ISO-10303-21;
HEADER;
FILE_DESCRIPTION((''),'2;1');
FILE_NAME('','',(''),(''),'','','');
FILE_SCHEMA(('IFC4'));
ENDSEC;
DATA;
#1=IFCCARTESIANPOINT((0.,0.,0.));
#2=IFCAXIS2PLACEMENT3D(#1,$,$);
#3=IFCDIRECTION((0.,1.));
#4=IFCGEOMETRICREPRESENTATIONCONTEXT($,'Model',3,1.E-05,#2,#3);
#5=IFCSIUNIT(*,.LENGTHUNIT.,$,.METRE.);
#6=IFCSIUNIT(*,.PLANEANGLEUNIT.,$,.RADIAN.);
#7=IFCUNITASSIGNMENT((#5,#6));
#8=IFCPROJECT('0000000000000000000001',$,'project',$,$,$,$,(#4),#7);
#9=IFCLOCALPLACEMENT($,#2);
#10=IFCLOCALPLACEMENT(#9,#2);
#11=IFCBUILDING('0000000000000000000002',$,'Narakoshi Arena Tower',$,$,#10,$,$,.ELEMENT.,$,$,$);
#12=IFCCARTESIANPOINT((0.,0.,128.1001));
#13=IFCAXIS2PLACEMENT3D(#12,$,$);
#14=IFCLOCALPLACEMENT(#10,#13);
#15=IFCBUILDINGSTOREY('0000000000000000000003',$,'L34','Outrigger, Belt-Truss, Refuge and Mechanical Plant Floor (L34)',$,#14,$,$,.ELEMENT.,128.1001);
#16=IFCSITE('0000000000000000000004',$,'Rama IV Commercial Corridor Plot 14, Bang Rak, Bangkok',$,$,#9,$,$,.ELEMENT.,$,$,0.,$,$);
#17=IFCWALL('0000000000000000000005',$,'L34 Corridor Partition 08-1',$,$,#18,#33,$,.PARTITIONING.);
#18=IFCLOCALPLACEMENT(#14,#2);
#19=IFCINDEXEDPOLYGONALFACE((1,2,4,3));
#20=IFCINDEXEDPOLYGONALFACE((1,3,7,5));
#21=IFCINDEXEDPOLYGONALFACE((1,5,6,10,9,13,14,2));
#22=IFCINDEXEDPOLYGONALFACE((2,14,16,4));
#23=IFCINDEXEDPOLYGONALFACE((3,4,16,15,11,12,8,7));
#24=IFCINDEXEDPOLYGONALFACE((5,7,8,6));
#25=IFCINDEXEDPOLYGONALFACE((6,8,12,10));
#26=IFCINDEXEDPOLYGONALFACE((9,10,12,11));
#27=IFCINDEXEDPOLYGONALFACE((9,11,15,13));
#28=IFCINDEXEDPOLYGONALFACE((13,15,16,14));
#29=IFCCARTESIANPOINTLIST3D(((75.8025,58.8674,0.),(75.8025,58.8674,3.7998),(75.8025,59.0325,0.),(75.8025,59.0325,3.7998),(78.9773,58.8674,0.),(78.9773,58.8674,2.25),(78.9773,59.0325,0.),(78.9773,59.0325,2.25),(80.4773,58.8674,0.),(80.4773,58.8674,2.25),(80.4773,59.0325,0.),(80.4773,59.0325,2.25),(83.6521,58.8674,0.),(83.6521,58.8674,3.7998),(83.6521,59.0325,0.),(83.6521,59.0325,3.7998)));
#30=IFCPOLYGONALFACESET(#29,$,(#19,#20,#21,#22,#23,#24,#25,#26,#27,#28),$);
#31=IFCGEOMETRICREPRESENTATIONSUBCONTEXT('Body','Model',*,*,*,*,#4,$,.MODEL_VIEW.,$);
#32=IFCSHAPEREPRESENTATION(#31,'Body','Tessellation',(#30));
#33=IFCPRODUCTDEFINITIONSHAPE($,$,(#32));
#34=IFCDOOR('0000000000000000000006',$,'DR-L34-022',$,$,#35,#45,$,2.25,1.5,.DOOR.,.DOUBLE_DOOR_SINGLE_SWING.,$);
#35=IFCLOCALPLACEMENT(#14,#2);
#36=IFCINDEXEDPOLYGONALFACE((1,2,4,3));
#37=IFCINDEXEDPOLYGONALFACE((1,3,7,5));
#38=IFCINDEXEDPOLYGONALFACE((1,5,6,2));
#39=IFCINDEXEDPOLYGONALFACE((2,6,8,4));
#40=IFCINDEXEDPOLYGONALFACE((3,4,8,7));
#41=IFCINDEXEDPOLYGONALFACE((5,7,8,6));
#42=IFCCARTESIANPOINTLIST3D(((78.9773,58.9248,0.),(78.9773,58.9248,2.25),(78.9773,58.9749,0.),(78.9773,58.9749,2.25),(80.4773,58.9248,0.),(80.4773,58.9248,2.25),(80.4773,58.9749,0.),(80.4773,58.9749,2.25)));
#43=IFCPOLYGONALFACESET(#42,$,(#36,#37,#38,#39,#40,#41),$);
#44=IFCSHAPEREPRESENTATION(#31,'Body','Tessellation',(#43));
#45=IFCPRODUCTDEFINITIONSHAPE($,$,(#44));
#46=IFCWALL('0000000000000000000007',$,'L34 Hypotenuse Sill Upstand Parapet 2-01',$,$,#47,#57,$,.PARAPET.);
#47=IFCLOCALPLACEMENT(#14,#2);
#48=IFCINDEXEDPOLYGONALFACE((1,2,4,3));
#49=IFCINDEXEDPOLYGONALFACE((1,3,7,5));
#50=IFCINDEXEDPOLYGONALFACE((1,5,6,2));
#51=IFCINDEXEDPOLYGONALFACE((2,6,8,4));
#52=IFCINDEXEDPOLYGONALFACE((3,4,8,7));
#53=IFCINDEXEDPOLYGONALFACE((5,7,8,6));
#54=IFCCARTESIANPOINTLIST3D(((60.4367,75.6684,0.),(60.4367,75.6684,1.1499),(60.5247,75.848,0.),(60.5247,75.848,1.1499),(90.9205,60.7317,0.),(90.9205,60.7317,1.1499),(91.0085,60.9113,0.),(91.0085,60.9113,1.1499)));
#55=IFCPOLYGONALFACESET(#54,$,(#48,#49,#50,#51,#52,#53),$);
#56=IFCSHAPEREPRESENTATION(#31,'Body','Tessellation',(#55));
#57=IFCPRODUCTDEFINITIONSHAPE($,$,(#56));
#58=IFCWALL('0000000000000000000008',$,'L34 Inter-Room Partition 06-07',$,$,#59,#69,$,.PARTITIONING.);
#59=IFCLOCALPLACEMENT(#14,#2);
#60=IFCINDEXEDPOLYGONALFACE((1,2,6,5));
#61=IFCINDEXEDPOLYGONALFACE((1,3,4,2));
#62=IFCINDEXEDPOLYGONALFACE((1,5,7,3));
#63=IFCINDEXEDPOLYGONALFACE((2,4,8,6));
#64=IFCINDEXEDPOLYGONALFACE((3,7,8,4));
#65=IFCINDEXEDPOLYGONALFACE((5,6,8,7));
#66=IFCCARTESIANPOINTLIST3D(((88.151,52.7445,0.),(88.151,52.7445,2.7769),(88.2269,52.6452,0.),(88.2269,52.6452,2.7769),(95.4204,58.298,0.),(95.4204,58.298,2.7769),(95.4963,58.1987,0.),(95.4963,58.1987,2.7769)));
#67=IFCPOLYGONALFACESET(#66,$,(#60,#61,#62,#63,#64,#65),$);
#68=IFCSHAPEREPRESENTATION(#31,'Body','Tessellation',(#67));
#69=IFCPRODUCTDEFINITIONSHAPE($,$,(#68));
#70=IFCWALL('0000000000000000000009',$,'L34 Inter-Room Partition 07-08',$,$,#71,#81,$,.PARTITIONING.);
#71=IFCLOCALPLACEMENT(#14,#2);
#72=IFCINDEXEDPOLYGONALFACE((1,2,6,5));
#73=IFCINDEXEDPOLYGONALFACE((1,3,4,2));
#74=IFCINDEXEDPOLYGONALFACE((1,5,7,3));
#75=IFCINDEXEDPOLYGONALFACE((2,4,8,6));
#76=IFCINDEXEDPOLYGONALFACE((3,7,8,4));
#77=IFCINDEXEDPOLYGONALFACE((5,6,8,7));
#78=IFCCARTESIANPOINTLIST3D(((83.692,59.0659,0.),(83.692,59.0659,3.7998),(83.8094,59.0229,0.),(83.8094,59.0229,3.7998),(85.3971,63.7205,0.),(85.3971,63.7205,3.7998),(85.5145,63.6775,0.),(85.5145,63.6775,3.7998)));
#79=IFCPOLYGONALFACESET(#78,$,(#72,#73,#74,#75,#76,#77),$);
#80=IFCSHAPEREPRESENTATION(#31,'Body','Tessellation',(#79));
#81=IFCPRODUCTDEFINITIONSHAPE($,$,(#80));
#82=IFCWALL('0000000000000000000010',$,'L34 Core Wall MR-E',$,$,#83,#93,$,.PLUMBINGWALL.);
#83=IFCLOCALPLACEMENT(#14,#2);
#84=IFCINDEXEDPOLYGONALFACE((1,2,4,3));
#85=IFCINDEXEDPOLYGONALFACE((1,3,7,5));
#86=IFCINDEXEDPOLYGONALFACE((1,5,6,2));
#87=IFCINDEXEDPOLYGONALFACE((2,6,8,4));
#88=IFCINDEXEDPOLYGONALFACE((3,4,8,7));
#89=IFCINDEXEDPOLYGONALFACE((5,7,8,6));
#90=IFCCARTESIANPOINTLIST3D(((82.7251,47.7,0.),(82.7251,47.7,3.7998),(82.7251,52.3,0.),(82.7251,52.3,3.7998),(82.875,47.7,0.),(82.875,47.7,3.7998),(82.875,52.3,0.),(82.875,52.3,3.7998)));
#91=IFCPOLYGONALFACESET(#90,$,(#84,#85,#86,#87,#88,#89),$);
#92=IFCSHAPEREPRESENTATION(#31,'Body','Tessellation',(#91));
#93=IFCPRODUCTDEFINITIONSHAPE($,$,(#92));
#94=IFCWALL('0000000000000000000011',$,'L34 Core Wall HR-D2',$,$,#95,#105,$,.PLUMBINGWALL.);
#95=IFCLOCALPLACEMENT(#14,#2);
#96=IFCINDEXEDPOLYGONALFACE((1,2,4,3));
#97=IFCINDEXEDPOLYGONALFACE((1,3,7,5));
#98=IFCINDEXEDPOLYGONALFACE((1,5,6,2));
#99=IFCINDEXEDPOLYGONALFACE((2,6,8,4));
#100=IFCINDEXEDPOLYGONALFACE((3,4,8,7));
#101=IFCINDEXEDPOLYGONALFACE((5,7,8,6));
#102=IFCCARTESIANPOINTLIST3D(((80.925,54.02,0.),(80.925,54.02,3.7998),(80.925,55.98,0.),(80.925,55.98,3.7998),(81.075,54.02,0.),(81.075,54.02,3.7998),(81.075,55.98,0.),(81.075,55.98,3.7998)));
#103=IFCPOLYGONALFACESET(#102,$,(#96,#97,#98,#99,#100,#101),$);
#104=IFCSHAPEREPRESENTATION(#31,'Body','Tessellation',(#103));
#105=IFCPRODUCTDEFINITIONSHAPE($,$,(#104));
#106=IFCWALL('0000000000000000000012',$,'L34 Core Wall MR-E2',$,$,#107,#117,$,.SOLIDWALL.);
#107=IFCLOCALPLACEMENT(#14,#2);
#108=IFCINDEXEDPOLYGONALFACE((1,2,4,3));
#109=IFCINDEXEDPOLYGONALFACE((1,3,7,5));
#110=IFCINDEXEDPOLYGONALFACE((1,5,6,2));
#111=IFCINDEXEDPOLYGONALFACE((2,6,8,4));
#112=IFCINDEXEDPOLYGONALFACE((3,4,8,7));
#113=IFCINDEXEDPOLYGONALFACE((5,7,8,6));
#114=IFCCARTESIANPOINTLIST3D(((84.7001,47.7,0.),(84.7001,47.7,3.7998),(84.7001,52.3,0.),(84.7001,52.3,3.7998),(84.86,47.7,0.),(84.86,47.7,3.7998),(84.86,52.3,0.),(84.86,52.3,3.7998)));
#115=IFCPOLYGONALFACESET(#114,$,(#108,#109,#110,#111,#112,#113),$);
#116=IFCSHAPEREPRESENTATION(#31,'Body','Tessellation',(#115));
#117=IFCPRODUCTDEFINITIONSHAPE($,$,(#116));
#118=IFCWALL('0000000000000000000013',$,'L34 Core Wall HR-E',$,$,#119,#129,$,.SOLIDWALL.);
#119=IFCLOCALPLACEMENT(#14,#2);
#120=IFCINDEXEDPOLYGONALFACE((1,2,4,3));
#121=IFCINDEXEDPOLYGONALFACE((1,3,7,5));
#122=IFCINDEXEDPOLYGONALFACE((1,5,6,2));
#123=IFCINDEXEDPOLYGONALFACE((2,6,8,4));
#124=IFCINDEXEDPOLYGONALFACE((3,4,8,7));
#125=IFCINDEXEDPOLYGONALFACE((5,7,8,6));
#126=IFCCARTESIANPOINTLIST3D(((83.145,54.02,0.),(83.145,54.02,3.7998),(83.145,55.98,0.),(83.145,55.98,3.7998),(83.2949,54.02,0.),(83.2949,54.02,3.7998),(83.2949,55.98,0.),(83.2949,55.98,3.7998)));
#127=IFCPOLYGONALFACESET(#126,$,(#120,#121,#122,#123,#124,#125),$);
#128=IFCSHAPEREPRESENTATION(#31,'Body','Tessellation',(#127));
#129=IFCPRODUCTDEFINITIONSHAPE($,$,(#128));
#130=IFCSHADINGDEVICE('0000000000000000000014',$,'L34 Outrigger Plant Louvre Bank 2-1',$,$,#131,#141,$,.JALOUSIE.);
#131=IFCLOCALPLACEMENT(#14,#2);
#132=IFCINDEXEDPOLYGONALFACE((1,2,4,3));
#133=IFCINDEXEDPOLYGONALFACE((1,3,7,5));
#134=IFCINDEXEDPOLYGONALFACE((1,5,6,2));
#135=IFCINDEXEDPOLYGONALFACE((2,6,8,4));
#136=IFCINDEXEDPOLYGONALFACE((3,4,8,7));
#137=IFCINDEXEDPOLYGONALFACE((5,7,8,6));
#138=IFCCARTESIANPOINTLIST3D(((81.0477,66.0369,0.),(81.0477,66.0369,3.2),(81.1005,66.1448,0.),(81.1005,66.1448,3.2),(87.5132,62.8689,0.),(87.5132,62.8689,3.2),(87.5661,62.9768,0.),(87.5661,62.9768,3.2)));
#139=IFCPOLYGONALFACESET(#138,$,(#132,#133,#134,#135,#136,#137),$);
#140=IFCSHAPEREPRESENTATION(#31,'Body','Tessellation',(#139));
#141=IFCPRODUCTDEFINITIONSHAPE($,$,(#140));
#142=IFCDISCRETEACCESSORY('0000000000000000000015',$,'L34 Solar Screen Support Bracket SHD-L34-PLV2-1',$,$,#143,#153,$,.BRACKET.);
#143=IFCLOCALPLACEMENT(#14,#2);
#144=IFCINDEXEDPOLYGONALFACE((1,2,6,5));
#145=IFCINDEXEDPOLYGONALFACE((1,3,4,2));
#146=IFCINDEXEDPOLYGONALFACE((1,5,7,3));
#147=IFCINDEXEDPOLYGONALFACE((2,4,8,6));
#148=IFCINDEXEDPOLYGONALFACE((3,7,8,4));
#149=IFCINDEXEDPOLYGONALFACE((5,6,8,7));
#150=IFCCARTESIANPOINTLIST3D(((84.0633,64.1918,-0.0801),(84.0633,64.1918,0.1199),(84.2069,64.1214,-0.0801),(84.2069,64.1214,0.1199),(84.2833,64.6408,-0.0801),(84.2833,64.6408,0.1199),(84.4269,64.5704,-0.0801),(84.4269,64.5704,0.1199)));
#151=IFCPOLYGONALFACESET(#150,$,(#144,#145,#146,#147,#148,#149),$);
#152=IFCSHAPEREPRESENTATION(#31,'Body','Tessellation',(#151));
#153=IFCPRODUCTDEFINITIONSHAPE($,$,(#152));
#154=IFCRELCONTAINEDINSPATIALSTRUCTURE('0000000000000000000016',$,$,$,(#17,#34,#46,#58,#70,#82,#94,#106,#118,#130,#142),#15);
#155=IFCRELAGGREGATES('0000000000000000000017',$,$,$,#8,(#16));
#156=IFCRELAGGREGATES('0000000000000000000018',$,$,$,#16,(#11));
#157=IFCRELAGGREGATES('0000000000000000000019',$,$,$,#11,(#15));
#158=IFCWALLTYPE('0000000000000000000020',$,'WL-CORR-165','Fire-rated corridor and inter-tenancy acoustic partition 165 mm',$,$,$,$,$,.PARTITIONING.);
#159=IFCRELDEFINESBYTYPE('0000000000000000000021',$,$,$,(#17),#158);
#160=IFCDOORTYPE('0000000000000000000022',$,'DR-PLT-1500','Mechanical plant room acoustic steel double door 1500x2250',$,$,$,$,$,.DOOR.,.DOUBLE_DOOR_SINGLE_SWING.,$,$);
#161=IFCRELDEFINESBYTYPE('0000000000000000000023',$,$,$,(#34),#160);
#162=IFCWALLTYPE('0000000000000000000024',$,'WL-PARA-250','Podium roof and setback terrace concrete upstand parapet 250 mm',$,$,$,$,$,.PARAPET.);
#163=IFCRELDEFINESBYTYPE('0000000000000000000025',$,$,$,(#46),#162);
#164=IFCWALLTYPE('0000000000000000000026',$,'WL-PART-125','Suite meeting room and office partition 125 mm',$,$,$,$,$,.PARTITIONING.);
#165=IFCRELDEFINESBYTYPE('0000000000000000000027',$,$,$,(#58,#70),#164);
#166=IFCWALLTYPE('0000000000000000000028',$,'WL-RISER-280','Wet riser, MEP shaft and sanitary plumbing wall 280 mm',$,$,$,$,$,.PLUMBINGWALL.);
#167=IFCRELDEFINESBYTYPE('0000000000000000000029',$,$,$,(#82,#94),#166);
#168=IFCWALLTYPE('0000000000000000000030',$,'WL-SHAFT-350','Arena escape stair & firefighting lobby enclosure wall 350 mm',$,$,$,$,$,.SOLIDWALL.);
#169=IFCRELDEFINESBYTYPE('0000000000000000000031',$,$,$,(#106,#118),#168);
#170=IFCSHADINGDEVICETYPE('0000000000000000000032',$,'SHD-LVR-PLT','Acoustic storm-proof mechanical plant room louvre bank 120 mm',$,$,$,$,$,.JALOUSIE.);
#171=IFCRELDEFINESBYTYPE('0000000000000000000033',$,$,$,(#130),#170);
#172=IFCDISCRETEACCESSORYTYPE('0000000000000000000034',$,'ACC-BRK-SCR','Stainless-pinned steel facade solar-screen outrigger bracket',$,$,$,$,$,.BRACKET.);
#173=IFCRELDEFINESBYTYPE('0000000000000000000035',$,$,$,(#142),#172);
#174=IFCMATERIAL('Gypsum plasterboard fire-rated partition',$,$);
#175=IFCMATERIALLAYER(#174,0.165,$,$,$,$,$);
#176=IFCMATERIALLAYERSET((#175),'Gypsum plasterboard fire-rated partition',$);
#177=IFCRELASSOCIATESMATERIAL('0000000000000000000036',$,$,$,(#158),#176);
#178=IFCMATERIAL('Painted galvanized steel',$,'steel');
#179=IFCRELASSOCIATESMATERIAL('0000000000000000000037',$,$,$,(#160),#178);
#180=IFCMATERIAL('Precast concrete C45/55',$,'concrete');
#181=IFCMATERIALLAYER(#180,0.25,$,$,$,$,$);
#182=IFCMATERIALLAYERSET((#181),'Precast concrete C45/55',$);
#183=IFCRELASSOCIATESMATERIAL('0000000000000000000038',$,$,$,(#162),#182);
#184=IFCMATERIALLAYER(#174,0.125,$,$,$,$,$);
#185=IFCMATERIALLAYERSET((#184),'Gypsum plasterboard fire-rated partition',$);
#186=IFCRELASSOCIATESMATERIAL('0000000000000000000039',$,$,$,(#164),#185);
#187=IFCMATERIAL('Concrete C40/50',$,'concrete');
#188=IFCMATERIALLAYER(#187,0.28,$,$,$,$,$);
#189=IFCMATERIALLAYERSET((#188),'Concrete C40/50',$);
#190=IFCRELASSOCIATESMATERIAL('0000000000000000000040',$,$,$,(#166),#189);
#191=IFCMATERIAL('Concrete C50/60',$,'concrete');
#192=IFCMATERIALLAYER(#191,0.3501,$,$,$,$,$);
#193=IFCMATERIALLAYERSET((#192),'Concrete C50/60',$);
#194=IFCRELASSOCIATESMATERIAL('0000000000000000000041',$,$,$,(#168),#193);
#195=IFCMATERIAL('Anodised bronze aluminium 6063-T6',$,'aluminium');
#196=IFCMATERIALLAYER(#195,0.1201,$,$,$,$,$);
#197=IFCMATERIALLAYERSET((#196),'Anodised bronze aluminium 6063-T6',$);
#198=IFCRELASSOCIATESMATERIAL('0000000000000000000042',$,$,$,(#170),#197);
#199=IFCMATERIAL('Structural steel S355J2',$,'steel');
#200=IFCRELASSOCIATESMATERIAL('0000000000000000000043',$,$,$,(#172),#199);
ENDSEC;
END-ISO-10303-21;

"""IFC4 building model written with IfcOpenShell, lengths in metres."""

from ifc_helpers import new_model, si_unit, direction, frame, frame_2d, origin, origin_2d, place, context, subcontext, project, spatial, rectangle, extrude, material, layer, layer_set, type_object, element, fill, save


model = new_model("IFC4")

# Units and contexts
model_context = context("Model", 3, precision=1e-05, world=origin(), true_north=direction((0.0, 1.0)))
body_context = subcontext(model_context, "Body", "Model", "MODEL_VIEW")
ifc_project = project(units=[si_unit("LENGTHUNIT", "METRE"), si_unit("PLANEANGLEUNIT", "RADIAN")], contexts=[model_context])

# Site, building, storey
site_placement = place(None, origin())
site = spatial("IfcSite", under=ifc_project, at=site_placement, Name="Rama IV Commercial Corridor Plot 14, Bang Rak, Bangkok", CompositionType="ELEMENT", RefElevation=0.0)
building_placement = place(site_placement, origin())
building = spatial("IfcBuilding", under=site, at=building_placement, Name="Narakoshi Arena Tower", CompositionType="ELEMENT")
storey_placement = place(building_placement, frame((0.0, 0.0, 128.1001)))
storey = spatial("IfcBuildingStorey", under=building, at=storey_placement, Name="L34", Description="Outrigger, Belt-Truss, Refuge and Mechanical Plant Floor (L34)", CompositionType="ELEMENT", Elevation=128.1001)

# Shared definitions
ifc_material_1 = material(Name="Anodised bronze aluminium 6063-T6", Category="aluminium")

# Shared definitions
ifc_material_2 = material(Name="Gypsum plasterboard fire-rated partition")
ifc_layer_1 = layer(ifc_material_2, 0.165)
ifc_layer_set_1 = layer_set([ifc_layer_1], Name="Gypsum plasterboard fire-rated partition")
wall_type_1 = type_object("IfcWallType", Name="WL-CORR-165", Description="Fire-rated corridor and inter-tenancy acoustic partition 165 mm", PredefinedType="PARTITIONING", material=ifc_layer_set_1)
ifc_material_3 = material(Name="Painted galvanized steel", Category="steel")
door_type = type_object("IfcDoorType", Name="DR-PLT-1500", Description="Mechanical plant room acoustic steel double door 1500x2250", OperationType="DOUBLE_DOOR_SINGLE_SWING", PredefinedType="DOOR", material=ifc_material_3)

# Wall, opening, door
wall_1_placement = place(storey_placement, frame((83.6521, 58.95, 0.0), z_axis=(0.0, 0.0, 1.0), x_axis=(-1.0, 0.0, 0.0)))
wall_1 = element("IfcWall", 1, at=wall_1_placement, inside=storey, type_object=wall_type_1, Name="L34 Corridor Partition 08-1", PredefinedType="PARTITIONING", context=body_context, shape_type="SweptSolid", body=[
    extrude(rectangle(XDim=7.8496, YDim=0.165, at=frame_2d((3.9248, 0.0))), origin(), (0.0, 0.0, 1.0), 3.7998),
])
opening_1_placement = place(wall_1_placement, frame((3.1748, 0.0, 0.0)))
opening_1 = element("IfcOpeningElement", 2, at=opening_1_placement, cuts=wall_1, PredefinedType="OPENING", context=body_context, shape_type="SweptSolid", body=[
    extrude(rectangle(XDim=1.5, YDim=2.25, at=frame_2d((0.75, 1.125))), frame((0.0, 0.0925, 0.0), z_axis=(0.0, -1.0, 0.0), x_axis=(1.0, 0.0, 0.0)), (0.0, 0.0, 1.0), 0.1851),
])
door_1_placement = place(opening_1_placement, frame((1.5, 0.0, 0.0), z_axis=(0.0, 0.0, 1.0), x_axis=(-1.0, 0.0, 0.0)))
door_1 = element("IfcDoor", 3, at=door_1_placement, inside=storey, type_object=door_type, Name="DR-L34-022", OperationType="DOUBLE_DOOR_SINGLE_SWING", OverallHeight=2.25, OverallWidth=1.5, PredefinedType="DOOR", context=body_context, shape_type="SweptSolid", body=[
    extrude(rectangle(XDim=1.5, YDim=2.25, at=frame_2d((0.75, 1.125))), frame((0.0, 0.0249, 0.0), z_axis=(0.0, -1.0, 0.0), x_axis=(1.0, 0.0, 0.0)), (0.0, 0.0, 1.0), 0.05),
])
fill(opening_1, door_1)

# Walls
ifc_material_4 = material(Name="Precast concrete C45/55", Category="concrete")
ifc_layer_2 = layer(ifc_material_4, 0.25)
ifc_layer_set_2 = layer_set([ifc_layer_2], Name="Precast concrete C45/55")
wall_type_2 = type_object("IfcWallType", Name="WL-PARA-250", Description="Podium roof and setback terrace concrete upstand parapet 250 mm", PredefinedType="PARAPET", material=ifc_layer_set_2)
wall_2_placement = place(storey_placement, frame((90.9644, 60.8215, 0.0), z_axis=(0.0, 0.0, 1.0), x_axis=(-0.897994, 0.440007, 0.0)))
element("IfcWall", 4, at=wall_2_placement, inside=storey, type_object=wall_type_2, Name="L34 Hypotenuse Sill Upstand Parapet 2-01", PredefinedType="PARAPET", context=body_context, shape_type="SweptSolid", body=[
    extrude(rectangle(XDim=33.9465, YDim=0.2, at=frame_2d((16.9731, 0.0))), origin(), (0.0, 0.0, 1.0), 1.1499),
])
ifc_layer_3 = layer(ifc_material_2, 0.125)
ifc_layer_set_3 = layer_set([ifc_layer_3], Name="Gypsum plasterboard fire-rated partition")
wall_type_3 = type_object("IfcWallType", Name="WL-PART-125", Description="Suite meeting room and office partition 125 mm", PredefinedType="PARTITIONING", material=ifc_layer_set_3)
wall_3_placement = place(storey_placement, frame((88.189, 52.6948, 0.0), z_axis=(0.0, 0.0, 1.0), x_axis=(0.794643, 0.607078, 0.0)))
element("IfcWall", 5, at=wall_3_placement, inside=storey, type_object=wall_type_3, Name="L34 Inter-Room Partition 06-07", PredefinedType="PARTITIONING", context=body_context, shape_type="SweptSolid", body=[
    extrude(rectangle(XDim=9.1479, YDim=0.125, at=frame_2d((4.574, 0.0))), origin(), (0.0, 0.0, 1.0), 2.7769),
])
wall_4_placement = place(storey_placement, frame((83.7507, 59.0444, 0.0), z_axis=(0.0, 0.0, 1.0), x_axis=(0.343972, 0.93898, 0.0)))
element("IfcWall", 6, at=wall_4_placement, inside=storey, type_object=wall_type_3, Name="L34 Inter-Room Partition 07-08", PredefinedType="PARTITIONING", context=body_context, shape_type="SweptSolid", body=[
    extrude(rectangle(XDim=4.957, YDim=0.125, at=frame_2d((2.4785, 0.0))), origin(), (0.0, 0.0, 1.0), 3.7998),
])
ifc_material_5 = material(Name="Concrete C40/50", Category="concrete")
ifc_layer_4 = layer(ifc_material_5, 0.28)
ifc_layer_set_4 = layer_set([ifc_layer_4], Name="Concrete C40/50")
wall_type_4 = type_object("IfcWallType", Name="WL-RISER-280", Description="Wet riser, MEP shaft and sanitary plumbing wall 280 mm", PredefinedType="PLUMBINGWALL", material=ifc_layer_set_4)
wall_5_placement = place(storey_placement, frame((82.8, 47.7, 0.0), z_axis=(0.0, 0.0, 1.0), x_axis=(0.0, 1.0, 0.0)))
element("IfcWall", 7, at=wall_5_placement, inside=storey, type_object=wall_type_4, Name="L34 Core Wall MR-E", PredefinedType="PLUMBINGWALL", context=body_context, shape_type="SweptSolid", body=[
    extrude(rectangle(XDim=4.6001, YDim=0.1499, at=frame_2d((2.3, 0.0))), origin(), (0.0, 0.0, 1.0), 3.7998),
])
wall_6_placement = place(storey_placement, frame((81.0, 54.02, 0.0), z_axis=(0.0, 0.0, 1.0), x_axis=(0.0, 1.0, 0.0)))
element("IfcWall", 8, at=wall_6_placement, inside=storey, type_object=wall_type_4, Name="L34 Core Wall HR-D2", PredefinedType="PLUMBINGWALL", context=body_context, shape_type="SweptSolid", body=[
    extrude(rectangle(XDim=1.96, YDim=0.1499, at=frame_2d((0.98, 0.0))), origin(), (0.0, 0.0, 1.0), 3.7998),
])
ifc_material_6 = material(Name="Concrete C50/60", Category="concrete")
ifc_layer_5 = layer(ifc_material_6, 0.3501)
ifc_layer_set_5 = layer_set([ifc_layer_5], Name="Concrete C50/60")
wall_type_5 = type_object("IfcWallType", Name="WL-SHAFT-350", Description="Arena escape stair & firefighting lobby enclosure wall 350 mm", PredefinedType="SOLIDWALL", material=ifc_layer_set_5)
wall_7_placement = place(storey_placement, frame((84.78, 47.7, 0.0), z_axis=(0.0, 0.0, 1.0), x_axis=(0.0, 1.0, 0.0)))
element("IfcWall", 9, at=wall_7_placement, inside=storey, type_object=wall_type_5, Name="L34 Core Wall MR-E2", PredefinedType="SOLIDWALL", context=body_context, shape_type="SweptSolid", body=[
    extrude(rectangle(XDim=4.6001, YDim=0.1599, at=frame_2d((2.3, 0.0))), origin(), (0.0, 0.0, 1.0), 3.7998),
])
wall_8_placement = place(storey_placement, frame((83.22, 54.02, 0.0), z_axis=(0.0, 0.0, 1.0), x_axis=(0.0, 1.0, 0.0)))
element("IfcWall", 10, at=wall_8_placement, inside=storey, type_object=wall_type_5, Name="L34 Core Wall HR-E", PredefinedType="SOLIDWALL", context=body_context, shape_type="SweptSolid", body=[
    extrude(rectangle(XDim=1.96, YDim=0.1499, at=frame_2d((0.98, 0.0))), origin(), (0.0, 0.0, 1.0), 3.7998),
])

# Shading device
ifc_layer_6 = layer(ifc_material_1, 0.1201)
ifc_layer_set_6 = layer_set([ifc_layer_6], Name="Anodised bronze aluminium 6063-T6")
shading_device_type = type_object("IfcShadingDeviceType", Name="SHD-LVR-PLT", Description="Acoustic storm-proof mechanical plant room louvre bank 120 mm", PredefinedType="JALOUSIE", material=ifc_layer_set_6)
shading_device_placement = place(storey_placement, frame((84.3069, 64.5068, 0.0), z_axis=(0.0, 0.0, 1.0), x_axis=(-0.897997, 0.440002, 0.0)))
element("IfcShadingDevice", 11, at=shading_device_placement, inside=storey, type_object=shading_device_type, Name="L34 Outrigger Plant Louvre Bank 2-1", PredefinedType="JALOUSIE", context=body_context, shape_type="SweptSolid", body=[
    extrude(rectangle(XDim=7.2, YDim=0.1201, at=origin_2d()), origin(), (0.0, 0.0, 1.0), 3.2),
])

# Discrete accessory
ifc_material_7 = material(Name="Structural steel S355J2", Category="steel")
discrete_accessory_type = type_object("IfcDiscreteAccessoryType", Name="ACC-BRK-SCR", Description="Stainless-pinned steel facade solar-screen outrigger bracket", PredefinedType="BRACKET", material=ifc_material_7)
discrete_accessory_placement = place(storey_placement, frame((84.2451, 64.3811, -0.0801), z_axis=(0.0, 0.0, 1.0), x_axis=(-0.897997, 0.440002, 0.0)))
element("IfcDiscreteAccessory", 12, at=discrete_accessory_placement, inside=storey, type_object=discrete_accessory_type, Name="L34 Solar Screen Support Bracket SHD-L34-PLV2-1", PredefinedType="BRACKET", context=body_context, shape_type="SweptSolid", body=[
    extrude(rectangle(XDim=0.1599, YDim=0.5, at=origin_2d()), origin(), (0.0, 0.0, 1.0), 0.2),
])

save(model, "model.ifc")
